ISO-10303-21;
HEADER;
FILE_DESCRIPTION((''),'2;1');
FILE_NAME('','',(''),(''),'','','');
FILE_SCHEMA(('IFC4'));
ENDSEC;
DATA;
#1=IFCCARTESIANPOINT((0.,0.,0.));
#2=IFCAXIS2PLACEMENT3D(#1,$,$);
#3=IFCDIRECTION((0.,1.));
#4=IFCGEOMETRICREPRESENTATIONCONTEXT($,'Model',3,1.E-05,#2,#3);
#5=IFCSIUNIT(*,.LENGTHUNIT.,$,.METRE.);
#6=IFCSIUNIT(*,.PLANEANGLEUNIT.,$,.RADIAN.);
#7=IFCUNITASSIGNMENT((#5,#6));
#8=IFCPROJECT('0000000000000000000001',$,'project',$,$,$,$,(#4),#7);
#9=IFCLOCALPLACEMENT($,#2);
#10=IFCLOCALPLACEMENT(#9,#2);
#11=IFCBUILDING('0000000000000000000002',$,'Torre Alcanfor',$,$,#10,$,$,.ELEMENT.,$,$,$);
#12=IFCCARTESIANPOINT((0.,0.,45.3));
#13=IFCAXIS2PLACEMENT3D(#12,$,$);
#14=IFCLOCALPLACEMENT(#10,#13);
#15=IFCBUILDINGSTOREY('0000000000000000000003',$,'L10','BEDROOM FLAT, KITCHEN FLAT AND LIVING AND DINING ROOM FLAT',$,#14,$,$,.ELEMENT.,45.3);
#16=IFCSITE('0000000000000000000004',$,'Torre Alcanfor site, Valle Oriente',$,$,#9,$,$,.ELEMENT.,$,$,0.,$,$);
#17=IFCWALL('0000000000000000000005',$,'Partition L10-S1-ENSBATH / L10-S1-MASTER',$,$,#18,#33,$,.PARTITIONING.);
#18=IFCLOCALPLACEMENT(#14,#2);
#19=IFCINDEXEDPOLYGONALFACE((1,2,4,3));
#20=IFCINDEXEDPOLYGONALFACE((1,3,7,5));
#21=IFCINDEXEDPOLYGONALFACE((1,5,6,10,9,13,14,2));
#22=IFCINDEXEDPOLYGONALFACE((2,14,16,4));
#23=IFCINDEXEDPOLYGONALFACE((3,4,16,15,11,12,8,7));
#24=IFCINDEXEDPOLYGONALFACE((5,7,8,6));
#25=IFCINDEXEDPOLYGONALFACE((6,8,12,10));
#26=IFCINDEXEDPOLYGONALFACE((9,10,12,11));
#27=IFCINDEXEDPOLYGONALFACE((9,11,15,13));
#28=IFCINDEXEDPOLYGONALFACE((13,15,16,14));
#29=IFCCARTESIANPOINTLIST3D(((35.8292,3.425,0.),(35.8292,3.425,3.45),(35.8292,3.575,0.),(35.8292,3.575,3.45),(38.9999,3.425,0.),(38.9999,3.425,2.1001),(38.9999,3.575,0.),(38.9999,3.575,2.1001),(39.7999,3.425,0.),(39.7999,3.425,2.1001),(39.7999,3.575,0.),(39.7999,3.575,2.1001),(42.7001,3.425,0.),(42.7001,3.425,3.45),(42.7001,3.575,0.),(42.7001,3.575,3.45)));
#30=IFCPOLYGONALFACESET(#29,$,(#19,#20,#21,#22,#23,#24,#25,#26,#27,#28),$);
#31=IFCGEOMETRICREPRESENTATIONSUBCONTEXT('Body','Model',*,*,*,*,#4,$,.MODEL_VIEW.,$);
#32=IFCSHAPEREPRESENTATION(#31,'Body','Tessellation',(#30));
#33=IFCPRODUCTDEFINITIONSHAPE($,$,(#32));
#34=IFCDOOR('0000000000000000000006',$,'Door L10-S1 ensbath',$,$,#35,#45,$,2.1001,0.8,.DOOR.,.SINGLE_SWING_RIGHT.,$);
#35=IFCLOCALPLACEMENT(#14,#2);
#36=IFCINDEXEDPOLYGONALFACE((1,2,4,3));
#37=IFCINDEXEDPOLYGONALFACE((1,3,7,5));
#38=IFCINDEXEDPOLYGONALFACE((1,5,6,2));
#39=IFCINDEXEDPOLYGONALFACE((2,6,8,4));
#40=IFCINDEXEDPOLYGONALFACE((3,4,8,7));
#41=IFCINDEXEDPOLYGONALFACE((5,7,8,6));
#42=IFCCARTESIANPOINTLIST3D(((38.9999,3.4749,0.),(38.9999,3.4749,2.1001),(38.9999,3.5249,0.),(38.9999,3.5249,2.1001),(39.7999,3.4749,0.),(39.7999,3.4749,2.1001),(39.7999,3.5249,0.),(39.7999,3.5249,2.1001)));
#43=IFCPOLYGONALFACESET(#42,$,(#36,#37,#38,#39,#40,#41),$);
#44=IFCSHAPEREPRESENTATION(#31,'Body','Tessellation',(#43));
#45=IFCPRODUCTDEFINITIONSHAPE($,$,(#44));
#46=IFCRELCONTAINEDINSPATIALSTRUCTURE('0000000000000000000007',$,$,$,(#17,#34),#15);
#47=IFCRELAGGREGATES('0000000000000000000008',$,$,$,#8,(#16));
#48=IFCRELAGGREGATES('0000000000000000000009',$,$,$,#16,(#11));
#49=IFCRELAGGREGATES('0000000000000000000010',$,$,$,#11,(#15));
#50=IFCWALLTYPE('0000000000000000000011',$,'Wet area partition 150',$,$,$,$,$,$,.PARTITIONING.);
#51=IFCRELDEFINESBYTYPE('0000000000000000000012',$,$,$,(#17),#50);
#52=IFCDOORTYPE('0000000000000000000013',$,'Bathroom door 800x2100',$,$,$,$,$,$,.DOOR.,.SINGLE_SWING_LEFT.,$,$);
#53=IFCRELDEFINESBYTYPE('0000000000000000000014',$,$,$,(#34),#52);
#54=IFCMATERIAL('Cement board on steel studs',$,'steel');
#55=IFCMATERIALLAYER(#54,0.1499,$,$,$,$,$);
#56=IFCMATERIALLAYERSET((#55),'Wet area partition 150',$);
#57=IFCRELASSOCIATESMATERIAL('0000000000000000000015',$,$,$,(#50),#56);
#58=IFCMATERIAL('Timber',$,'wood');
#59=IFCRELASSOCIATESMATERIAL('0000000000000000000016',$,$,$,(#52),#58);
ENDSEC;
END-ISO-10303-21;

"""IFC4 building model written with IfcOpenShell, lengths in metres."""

from ifc_helpers import new_model, si_unit, direction, frame, frame_2d, origin, place, context, subcontext, project, spatial, rectangle, extrude, material, layer, layer_set, type_object, element, fill, save


model = new_model("IFC4")

# Units and contexts
model_context = context("Model", 3, precision=1e-05, world=origin(), true_north=direction((0.0, 1.0)))
body_context = subcontext(model_context, "Body", "Model", "MODEL_VIEW")
ifc_project = project(units=[si_unit("LENGTHUNIT", "METRE"), si_unit("PLANEANGLEUNIT", "RADIAN")], contexts=[model_context])

# Site, building, storey
site_placement = place(None, origin())
site = spatial("IfcSite", under=ifc_project, at=site_placement, Name="Torre Alcanfor site, Valle Oriente", CompositionType="ELEMENT", RefElevation=0.0)
building_placement = place(site_placement, origin())
building = spatial("IfcBuilding", under=site, at=building_placement, Name="Torre Alcanfor", CompositionType="ELEMENT")
storey_placement = place(building_placement, frame((0.0, 0.0, 45.3)))
storey = spatial("IfcBuildingStorey", under=building, at=storey_placement, Name="L10", Description="BEDROOM FLAT, KITCHEN FLAT AND LIVING AND DINING ROOM FLAT", CompositionType="ELEMENT", Elevation=45.3)

# Shared definitions
ifc_material_1 = material(Name="Cement board on steel studs", Category="steel")
ifc_layer_1 = layer(ifc_material_1, 0.1499)
ifc_layer_set_1 = layer_set([ifc_layer_1], Name="Wet area partition 150")
wall_type_1 = type_object("IfcWallType", Name="Wet area partition 150", PredefinedType="PARTITIONING", material=ifc_layer_set_1)

# Wall, opening, door
wall_1_placement = place(storey_placement, frame((35.8291, 3.5, 0.0), z_axis=(0.0, 0.0, 1.0), x_axis=(1.0, 0.0, 0.0)))
wall_1 = element("IfcWall", 1, at=wall_1_placement, inside=storey, type_object=wall_type_1, Name="Partition L10-S1-ENSBATH / L10-S1-MASTER", PredefinedType="PARTITIONING", context=body_context, shape_type="SweptSolid", body=[
    extrude(rectangle(XDim=6.8708, YDim=0.1499, at=frame_2d((3.4355, 0.0))), origin(), (0.0, 0.0, 1.0), 3.45),
])
opening_1_placement = place(wall_1_placement, frame((3.1709, 0.0, 0.0)))
opening_1 = element("IfcOpeningElement", 2, at=opening_1_placement, cuts=wall_1, PredefinedType="OPENING", context=body_context, shape_type="SweptSolid", body=[
    extrude(rectangle(XDim=0.8, YDim=2.1001, at=frame_2d((0.3999, 1.05))), frame((0.0, 0.085, 0.0), z_axis=(0.0, -1.0, 0.0), x_axis=(1.0, 0.0, 0.0)), (0.0, 0.0, 1.0), 0.1699),
])
ifc_material_2 = material(Name="Timber", Category="wood")
door_type_1 = type_object("IfcDoorType", Name="Bathroom door 800x2100", OperationType="SINGLE_SWING_LEFT", PredefinedType="DOOR", material=ifc_material_2)
door_1_placement = place(opening_1_placement, origin())
door_1 = element("IfcDoor", 3, at=door_1_placement, inside=storey, type_object=door_type_1, Name="Door L10-S1 ensbath", OperationType="SINGLE_SWING_RIGHT", OverallHeight=2.1001, OverallWidth=0.8, PredefinedType="DOOR", context=body_context, shape_type="SweptSolid", body=[
    extrude(rectangle(XDim=0.8, YDim=2.1001, at=frame_2d((0.3999, 1.05))), frame((0.0, 0.0249, 0.0), z_axis=(0.0, -1.0, 0.0), x_axis=(1.0, 0.0, 0.0)), (0.0, 0.0, 1.0), 0.05),
])
fill(opening_1, door_1)

save(model, "model.ifc")
